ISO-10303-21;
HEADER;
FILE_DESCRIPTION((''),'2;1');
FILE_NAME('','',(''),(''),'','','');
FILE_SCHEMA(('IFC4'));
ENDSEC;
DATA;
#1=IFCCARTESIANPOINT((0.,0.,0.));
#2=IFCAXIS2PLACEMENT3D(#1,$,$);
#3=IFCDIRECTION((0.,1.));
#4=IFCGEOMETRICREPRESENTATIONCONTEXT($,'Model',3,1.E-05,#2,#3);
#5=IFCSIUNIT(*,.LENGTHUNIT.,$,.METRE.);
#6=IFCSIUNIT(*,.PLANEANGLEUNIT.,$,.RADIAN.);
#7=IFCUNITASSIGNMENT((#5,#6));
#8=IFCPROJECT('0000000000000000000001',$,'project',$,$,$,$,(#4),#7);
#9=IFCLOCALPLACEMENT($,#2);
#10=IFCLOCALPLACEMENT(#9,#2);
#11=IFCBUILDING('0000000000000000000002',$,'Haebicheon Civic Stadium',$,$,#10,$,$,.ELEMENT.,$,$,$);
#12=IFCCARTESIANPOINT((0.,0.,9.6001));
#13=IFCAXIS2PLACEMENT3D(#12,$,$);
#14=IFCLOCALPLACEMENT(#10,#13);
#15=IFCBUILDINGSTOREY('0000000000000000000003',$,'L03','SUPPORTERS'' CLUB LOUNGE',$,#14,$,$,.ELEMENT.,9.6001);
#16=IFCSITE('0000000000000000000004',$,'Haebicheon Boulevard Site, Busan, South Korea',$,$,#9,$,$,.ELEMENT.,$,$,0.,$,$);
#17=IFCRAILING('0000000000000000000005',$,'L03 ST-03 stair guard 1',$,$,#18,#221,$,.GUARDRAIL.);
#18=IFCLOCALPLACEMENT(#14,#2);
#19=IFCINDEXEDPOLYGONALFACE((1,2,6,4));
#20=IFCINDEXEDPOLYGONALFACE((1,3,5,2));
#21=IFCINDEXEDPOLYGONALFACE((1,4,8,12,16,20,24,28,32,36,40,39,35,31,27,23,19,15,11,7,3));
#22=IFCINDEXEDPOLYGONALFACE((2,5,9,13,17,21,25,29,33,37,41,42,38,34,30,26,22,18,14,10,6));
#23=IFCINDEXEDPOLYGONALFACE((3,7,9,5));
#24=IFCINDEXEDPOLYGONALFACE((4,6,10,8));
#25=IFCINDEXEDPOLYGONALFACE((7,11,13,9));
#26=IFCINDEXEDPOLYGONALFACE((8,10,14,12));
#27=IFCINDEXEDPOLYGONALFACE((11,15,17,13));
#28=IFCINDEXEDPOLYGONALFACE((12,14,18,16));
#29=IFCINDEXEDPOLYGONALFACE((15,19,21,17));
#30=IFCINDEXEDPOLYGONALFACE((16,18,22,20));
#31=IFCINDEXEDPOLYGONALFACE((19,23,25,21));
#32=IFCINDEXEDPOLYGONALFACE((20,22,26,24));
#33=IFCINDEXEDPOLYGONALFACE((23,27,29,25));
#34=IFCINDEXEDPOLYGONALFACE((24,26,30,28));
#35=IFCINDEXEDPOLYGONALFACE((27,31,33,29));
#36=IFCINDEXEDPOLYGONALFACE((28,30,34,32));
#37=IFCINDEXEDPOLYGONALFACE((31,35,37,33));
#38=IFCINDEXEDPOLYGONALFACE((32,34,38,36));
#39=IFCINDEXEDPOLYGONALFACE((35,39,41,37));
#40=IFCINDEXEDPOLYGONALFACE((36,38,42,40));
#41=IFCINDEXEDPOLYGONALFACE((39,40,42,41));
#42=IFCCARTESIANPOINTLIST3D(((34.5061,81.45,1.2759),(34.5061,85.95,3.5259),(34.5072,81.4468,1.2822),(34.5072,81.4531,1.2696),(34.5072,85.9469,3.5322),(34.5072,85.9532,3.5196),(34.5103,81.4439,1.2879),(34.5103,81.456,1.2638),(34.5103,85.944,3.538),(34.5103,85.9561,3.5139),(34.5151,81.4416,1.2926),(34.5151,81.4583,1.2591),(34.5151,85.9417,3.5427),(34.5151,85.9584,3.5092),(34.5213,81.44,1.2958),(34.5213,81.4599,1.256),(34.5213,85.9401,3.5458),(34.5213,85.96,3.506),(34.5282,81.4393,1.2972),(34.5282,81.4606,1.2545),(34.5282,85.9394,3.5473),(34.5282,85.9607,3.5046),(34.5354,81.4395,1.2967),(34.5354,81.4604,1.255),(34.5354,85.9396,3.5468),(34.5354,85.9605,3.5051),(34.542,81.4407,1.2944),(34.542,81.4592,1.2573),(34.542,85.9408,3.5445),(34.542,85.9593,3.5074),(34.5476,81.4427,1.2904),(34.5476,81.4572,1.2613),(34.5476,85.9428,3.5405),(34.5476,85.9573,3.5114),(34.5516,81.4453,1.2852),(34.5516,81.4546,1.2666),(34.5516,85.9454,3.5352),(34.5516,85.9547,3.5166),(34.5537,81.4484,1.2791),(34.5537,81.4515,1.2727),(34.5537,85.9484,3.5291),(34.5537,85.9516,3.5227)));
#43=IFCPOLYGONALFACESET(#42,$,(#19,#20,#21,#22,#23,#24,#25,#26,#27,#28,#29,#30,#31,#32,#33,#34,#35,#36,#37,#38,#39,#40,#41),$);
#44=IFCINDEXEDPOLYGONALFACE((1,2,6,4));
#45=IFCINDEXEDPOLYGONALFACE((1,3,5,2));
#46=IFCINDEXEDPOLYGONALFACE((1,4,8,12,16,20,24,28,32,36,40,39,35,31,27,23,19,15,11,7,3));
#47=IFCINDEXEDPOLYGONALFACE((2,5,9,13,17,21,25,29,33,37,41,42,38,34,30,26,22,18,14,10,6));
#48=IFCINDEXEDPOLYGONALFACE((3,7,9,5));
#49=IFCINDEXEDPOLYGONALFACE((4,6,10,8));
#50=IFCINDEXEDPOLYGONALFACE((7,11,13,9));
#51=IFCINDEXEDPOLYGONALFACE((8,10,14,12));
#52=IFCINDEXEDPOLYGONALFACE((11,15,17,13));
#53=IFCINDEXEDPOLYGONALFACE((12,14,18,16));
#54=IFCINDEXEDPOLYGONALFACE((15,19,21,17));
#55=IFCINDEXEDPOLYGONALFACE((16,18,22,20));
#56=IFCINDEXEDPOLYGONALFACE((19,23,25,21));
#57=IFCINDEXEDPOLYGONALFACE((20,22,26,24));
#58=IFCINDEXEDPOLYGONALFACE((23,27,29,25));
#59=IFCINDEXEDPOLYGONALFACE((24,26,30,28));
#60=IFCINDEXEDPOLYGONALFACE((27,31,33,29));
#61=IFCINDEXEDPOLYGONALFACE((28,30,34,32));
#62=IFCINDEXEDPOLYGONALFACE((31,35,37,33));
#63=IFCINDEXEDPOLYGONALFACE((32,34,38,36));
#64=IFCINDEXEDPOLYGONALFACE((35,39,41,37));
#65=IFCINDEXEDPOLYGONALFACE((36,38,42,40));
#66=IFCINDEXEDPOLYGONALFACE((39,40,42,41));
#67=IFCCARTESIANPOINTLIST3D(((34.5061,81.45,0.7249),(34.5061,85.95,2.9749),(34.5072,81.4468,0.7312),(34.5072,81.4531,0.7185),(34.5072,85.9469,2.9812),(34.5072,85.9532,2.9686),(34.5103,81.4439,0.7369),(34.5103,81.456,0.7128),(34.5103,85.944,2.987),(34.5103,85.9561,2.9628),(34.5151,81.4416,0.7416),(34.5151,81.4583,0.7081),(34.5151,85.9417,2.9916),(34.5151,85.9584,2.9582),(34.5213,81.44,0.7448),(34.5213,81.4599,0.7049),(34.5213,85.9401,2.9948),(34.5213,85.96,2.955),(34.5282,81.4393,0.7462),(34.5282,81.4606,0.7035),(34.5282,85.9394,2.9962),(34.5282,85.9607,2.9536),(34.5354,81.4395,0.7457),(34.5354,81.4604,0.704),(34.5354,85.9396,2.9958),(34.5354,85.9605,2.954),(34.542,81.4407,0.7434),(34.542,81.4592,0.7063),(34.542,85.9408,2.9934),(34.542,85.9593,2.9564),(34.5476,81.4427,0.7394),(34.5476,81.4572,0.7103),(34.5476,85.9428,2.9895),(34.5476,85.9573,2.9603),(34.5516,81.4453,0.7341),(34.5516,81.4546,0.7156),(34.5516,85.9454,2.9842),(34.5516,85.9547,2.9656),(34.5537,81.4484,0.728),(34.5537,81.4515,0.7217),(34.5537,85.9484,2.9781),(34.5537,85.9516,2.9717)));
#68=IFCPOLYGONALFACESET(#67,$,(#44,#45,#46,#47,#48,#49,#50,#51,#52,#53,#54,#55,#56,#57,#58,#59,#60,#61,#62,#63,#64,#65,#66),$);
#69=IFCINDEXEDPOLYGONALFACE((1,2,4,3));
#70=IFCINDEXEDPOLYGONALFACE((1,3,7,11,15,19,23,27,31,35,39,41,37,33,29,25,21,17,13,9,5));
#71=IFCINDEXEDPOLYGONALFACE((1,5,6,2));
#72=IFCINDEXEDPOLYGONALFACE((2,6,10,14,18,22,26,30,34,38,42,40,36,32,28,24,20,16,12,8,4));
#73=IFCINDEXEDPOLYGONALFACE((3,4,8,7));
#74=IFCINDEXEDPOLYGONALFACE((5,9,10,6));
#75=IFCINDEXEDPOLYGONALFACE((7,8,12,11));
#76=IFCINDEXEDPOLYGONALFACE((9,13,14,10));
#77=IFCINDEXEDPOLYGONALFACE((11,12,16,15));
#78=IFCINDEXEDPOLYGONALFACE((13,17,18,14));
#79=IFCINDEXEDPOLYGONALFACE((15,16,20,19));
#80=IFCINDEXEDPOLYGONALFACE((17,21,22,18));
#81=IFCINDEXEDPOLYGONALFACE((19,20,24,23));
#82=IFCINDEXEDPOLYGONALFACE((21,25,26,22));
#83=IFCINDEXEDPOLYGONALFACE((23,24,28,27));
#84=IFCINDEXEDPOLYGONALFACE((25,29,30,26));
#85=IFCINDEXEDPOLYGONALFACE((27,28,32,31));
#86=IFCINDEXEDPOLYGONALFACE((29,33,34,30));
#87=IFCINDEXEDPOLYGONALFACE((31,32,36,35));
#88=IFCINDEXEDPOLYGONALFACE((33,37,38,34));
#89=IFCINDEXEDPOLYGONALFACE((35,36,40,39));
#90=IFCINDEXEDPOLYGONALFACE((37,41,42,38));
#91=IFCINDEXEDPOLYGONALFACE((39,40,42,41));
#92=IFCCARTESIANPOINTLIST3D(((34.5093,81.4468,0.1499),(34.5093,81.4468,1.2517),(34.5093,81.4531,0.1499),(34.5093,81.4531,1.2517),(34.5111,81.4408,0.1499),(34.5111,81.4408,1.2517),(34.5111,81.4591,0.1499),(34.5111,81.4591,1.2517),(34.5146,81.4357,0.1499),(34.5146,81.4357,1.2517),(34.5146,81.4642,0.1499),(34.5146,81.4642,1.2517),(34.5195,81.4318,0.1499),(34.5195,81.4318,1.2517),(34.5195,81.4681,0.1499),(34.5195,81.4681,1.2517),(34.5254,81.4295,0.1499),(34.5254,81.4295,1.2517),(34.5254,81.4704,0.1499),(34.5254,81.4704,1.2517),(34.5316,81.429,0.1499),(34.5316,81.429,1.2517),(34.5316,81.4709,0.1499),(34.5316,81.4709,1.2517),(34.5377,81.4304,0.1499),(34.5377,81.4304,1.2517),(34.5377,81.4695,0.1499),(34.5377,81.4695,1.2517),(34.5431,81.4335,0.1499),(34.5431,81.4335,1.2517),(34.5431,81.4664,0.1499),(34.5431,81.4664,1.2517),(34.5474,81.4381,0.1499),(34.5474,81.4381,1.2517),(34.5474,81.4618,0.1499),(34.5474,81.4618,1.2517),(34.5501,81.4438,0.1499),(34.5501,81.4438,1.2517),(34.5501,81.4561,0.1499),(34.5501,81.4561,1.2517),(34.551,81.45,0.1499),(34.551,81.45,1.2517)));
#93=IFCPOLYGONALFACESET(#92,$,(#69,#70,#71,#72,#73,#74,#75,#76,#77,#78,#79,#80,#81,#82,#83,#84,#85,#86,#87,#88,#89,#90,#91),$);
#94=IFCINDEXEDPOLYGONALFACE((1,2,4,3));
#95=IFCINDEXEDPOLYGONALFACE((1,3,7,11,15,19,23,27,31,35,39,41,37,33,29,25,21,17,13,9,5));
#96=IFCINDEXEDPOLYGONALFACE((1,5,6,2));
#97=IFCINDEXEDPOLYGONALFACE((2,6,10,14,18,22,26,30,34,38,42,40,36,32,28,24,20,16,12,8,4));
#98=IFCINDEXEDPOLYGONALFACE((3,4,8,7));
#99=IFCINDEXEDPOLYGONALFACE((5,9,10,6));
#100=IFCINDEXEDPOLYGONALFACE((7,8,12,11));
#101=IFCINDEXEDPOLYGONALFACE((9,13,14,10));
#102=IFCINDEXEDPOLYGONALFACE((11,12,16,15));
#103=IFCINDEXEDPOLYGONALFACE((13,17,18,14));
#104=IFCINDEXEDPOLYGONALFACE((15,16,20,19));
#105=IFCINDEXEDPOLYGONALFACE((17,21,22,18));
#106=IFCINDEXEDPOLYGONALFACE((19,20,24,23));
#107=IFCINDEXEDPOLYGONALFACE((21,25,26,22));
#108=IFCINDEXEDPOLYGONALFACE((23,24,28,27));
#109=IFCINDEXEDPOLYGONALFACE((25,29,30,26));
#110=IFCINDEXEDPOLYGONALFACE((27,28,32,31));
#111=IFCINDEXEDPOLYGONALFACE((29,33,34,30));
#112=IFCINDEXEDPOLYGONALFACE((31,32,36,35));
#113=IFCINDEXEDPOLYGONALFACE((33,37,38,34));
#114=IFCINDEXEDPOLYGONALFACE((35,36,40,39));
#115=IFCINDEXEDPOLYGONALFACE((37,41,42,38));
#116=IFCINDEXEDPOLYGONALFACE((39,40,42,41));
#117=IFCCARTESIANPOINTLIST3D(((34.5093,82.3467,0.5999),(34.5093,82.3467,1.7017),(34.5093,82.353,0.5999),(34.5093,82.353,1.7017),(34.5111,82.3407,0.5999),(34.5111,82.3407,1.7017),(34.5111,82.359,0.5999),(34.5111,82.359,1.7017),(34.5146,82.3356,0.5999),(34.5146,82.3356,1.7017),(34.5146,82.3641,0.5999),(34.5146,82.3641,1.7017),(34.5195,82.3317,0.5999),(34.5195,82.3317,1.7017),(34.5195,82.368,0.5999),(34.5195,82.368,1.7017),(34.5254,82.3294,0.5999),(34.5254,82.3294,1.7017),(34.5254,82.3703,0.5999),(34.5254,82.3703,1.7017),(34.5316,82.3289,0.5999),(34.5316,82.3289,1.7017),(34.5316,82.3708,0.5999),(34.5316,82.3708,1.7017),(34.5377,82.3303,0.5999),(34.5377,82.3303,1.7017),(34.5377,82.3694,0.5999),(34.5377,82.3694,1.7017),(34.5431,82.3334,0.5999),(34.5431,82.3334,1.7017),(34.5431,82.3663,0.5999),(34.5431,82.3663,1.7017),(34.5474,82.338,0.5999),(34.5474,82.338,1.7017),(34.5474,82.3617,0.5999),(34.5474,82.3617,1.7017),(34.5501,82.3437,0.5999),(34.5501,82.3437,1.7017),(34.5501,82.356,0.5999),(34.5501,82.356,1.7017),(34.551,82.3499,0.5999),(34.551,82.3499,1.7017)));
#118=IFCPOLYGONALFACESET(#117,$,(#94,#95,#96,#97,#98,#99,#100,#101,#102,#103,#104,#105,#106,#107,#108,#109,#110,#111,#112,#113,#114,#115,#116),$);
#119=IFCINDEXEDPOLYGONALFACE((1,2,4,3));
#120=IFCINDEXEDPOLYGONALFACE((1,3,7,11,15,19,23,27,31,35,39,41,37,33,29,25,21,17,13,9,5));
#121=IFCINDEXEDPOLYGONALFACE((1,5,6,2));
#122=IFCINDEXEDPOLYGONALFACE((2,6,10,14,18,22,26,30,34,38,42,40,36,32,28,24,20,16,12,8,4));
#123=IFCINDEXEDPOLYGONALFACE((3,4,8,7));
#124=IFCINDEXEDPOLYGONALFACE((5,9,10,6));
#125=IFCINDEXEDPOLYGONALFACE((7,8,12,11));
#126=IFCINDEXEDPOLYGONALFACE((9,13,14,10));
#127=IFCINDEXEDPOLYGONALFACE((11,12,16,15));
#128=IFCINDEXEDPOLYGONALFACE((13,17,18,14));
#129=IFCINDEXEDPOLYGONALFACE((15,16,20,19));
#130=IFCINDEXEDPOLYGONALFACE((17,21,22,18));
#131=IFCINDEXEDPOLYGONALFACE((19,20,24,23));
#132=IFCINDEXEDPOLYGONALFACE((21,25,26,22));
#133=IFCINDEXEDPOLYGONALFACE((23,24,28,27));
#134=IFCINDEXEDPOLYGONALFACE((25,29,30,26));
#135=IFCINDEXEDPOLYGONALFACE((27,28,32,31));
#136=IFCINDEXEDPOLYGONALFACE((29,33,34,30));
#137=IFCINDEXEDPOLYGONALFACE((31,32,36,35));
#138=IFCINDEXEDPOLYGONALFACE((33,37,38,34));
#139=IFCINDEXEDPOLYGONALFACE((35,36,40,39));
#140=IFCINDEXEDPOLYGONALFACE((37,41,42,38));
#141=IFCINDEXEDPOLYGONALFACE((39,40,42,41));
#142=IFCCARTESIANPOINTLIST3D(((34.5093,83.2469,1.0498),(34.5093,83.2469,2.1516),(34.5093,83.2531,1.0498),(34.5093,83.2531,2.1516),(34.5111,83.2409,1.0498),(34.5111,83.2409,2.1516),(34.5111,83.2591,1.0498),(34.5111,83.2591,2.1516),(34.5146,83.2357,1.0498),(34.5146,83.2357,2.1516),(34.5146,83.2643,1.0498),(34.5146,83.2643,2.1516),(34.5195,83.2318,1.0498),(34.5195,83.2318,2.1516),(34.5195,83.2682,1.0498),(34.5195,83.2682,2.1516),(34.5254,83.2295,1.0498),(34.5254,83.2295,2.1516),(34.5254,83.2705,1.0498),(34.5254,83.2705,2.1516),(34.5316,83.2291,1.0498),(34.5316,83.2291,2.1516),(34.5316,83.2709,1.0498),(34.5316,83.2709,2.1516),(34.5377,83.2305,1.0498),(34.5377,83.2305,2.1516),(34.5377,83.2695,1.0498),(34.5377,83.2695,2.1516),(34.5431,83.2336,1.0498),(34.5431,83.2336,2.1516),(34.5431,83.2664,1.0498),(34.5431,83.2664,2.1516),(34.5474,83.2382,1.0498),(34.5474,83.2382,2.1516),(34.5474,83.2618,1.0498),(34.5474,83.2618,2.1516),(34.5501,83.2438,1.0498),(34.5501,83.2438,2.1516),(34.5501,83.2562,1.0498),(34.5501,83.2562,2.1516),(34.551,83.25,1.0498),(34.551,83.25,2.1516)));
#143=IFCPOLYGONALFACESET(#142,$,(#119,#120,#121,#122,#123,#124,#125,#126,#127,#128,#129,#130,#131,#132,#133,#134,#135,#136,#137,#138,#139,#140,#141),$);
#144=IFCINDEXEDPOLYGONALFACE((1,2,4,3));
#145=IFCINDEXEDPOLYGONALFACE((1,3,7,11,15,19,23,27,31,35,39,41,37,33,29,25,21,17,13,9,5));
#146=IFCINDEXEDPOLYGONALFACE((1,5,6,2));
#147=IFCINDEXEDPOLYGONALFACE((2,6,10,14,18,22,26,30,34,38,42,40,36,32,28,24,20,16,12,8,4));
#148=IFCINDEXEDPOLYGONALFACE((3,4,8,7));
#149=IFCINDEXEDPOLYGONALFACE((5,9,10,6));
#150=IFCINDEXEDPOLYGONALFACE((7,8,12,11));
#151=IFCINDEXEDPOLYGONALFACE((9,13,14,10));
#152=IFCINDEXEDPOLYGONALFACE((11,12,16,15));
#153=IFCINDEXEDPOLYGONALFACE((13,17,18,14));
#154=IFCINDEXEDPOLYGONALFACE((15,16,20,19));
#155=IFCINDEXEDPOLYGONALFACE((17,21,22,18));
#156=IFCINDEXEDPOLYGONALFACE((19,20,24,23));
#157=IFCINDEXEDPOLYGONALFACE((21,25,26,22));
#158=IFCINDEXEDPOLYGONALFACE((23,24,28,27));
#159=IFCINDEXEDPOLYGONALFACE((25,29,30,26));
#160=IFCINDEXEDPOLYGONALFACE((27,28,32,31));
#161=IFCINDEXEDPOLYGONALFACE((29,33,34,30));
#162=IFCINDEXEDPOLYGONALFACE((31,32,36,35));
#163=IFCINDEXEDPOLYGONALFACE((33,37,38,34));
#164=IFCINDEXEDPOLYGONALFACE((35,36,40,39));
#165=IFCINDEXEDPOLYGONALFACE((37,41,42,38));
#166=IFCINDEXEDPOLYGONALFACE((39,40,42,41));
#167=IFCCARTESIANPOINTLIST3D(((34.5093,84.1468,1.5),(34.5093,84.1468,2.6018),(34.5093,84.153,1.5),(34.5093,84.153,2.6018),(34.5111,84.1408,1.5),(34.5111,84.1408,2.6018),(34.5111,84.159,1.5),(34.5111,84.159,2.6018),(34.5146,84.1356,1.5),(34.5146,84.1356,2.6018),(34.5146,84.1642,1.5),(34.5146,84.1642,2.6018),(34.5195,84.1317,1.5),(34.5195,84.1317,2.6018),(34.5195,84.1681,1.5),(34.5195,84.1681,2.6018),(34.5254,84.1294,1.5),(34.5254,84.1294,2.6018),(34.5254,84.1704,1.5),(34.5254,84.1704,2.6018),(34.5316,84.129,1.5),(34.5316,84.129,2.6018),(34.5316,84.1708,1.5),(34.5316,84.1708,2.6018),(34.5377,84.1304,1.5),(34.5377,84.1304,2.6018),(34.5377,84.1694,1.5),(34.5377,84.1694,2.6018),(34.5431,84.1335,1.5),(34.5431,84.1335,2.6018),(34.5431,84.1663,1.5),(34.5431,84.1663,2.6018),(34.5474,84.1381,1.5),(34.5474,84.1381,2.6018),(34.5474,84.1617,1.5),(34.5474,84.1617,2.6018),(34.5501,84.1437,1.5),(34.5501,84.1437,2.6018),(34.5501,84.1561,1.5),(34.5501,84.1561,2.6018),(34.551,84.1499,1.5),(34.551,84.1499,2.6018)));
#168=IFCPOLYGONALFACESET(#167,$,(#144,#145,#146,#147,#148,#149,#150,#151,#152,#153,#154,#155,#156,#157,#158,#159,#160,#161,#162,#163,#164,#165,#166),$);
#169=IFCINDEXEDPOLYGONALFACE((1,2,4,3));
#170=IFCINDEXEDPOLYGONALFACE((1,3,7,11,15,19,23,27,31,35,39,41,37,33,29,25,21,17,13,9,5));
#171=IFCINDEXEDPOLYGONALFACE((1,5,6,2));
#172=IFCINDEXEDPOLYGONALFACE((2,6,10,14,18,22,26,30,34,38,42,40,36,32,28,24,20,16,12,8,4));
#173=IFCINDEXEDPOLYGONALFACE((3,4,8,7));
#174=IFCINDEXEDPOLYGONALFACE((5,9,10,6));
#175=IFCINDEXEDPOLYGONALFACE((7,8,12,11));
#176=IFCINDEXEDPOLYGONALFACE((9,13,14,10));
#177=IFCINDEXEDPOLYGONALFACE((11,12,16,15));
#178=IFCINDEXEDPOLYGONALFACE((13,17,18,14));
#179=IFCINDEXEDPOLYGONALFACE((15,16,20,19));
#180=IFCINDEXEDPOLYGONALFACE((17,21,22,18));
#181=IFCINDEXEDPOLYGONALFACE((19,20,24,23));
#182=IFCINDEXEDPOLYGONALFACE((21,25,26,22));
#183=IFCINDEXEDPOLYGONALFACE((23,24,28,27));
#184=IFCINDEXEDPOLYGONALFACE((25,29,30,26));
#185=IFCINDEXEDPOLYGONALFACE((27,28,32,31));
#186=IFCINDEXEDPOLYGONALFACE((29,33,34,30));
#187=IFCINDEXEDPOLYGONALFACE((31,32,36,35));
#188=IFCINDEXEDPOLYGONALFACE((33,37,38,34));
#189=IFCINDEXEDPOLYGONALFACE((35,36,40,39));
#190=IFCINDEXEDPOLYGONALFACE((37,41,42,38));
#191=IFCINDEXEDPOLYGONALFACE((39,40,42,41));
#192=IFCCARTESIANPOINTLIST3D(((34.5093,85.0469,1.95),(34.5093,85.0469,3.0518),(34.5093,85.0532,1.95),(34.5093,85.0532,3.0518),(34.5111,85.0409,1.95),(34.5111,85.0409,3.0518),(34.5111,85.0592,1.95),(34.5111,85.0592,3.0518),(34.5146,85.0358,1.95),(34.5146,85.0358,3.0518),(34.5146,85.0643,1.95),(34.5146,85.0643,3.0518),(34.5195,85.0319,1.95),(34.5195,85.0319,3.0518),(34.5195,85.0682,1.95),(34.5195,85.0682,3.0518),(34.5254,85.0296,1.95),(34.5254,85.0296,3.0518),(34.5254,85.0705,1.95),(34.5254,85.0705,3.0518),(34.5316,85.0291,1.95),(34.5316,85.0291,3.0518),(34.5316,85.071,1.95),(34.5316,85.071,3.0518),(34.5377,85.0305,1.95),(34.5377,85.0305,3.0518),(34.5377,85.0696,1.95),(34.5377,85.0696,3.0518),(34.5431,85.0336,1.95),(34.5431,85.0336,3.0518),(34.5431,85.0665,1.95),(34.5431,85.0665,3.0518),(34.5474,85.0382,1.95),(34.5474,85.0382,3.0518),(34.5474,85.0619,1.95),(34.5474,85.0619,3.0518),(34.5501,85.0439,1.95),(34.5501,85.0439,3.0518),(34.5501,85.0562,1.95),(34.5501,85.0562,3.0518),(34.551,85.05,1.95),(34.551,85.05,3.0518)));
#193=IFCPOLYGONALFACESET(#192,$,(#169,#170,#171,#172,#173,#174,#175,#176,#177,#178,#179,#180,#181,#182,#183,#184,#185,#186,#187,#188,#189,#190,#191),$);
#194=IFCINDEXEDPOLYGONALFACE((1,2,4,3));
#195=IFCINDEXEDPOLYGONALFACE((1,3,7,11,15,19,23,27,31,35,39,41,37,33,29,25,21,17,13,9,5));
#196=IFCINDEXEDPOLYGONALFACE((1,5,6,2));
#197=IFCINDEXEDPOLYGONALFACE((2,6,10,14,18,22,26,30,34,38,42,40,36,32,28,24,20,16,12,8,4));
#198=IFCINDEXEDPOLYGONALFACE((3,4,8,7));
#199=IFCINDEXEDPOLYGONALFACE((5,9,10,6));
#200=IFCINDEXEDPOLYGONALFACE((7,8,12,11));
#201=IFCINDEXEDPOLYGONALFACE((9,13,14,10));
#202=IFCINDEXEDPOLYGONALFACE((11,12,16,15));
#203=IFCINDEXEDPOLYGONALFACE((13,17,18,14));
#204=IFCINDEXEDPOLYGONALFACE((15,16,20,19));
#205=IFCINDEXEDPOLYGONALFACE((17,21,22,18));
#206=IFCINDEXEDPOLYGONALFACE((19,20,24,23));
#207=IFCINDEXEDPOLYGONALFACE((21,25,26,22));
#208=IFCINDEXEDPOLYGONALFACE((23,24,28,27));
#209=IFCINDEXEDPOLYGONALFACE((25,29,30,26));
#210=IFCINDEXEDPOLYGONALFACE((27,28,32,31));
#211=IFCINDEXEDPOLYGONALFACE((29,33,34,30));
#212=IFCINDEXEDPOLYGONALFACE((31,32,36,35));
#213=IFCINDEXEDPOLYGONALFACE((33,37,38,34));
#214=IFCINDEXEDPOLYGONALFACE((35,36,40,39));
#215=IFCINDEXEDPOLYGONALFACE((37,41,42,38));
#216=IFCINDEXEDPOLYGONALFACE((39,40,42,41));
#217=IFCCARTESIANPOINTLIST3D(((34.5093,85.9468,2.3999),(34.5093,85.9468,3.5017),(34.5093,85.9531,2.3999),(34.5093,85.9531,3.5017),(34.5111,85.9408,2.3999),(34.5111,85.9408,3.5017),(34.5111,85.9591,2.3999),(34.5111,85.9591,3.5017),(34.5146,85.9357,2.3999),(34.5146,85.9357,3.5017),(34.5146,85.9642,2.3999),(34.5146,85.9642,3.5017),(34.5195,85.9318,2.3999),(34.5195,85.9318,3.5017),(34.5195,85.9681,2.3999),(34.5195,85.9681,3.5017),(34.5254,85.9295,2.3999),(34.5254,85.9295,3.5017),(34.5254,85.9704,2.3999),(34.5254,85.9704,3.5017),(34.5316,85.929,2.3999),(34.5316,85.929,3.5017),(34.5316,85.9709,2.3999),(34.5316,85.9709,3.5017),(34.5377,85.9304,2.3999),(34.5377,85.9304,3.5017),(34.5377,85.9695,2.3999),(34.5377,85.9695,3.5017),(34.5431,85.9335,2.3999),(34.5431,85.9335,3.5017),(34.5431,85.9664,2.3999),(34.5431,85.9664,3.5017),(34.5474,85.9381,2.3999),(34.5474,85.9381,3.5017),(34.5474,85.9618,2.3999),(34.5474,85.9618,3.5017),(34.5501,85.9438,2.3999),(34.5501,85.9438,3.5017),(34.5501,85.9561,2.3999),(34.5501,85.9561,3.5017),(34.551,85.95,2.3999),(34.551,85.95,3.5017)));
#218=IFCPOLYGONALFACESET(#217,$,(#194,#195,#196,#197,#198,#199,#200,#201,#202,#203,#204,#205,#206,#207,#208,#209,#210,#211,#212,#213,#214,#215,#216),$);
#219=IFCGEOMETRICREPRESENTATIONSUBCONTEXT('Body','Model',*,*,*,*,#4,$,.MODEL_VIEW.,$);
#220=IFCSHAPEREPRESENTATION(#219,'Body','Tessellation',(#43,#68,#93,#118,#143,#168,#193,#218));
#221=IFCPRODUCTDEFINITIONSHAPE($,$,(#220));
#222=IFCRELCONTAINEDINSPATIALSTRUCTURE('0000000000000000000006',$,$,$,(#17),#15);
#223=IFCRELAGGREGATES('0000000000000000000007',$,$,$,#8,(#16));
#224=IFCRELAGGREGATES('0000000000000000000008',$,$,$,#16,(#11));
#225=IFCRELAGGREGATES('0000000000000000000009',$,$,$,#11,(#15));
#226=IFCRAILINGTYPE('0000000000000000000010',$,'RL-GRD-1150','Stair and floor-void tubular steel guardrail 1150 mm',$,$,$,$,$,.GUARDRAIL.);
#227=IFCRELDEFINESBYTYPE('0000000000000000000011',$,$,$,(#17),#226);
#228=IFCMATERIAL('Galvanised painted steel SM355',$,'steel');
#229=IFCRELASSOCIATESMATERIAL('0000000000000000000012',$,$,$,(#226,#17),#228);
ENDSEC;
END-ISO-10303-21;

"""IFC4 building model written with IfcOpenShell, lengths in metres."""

from ifc_helpers import new_model, si_unit, direction, frame, origin, origin_2d, place, context, subcontext, project, spatial, circle, extrude, material, type_object, element, save


model = new_model("IFC4")

# Units and contexts
model_context = context("Model", 3, precision=1e-05, world=origin(), true_north=direction((0.0, 1.0)))
body_context = subcontext(model_context, "Body", "Model", "MODEL_VIEW")
ifc_project = project(units=[si_unit("LENGTHUNIT", "METRE"), si_unit("PLANEANGLEUNIT", "RADIAN")], contexts=[model_context])

# Site, building, storey
site_placement = place(None, origin())
site = spatial("IfcSite", under=ifc_project, at=site_placement, Name="Haebicheon Boulevard Site, Busan, South Korea", CompositionType="ELEMENT", RefElevation=0.0)
building_placement = place(site_placement, origin())
building = spatial("IfcBuilding", under=site, at=building_placement, Name="Haebicheon Civic Stadium", CompositionType="ELEMENT")
storey_placement = place(building_placement, frame((0.0, 0.0, 9.6001)))
storey = spatial("IfcBuildingStorey", under=building, at=storey_placement, Name="L03", Description="SUPPORTERS' CLUB LOUNGE", CompositionType="ELEMENT", Elevation=9.6001)

# Railing
ifc_material_1 = material(Name="Galvanised painted steel SM355", Category="steel")
railing_type_1 = type_object("IfcRailingType", Name="RL-GRD-1150", Description="Stair and floor-void tubular steel guardrail 1150 mm", PredefinedType="GUARDRAIL", material=ifc_material_1)
railing_1_placement = place(storey_placement, frame((34.53, 81.45, 0.1499)))
element("IfcRailing", 1, at=railing_1_placement, inside=storey, type_object=railing_type_1, material=ifc_material_1, Name="L03 ST-03 stair guard 1", PredefinedType="GUARDRAIL", context=body_context, shape_type="SweptSolid", body=[
    extrude(circle(Radius=0.0239, at=origin_2d()), frame((0.0, 0.0, 1.126), z_axis=(0.0, 0.894427, 0.447214), x_axis=(-1.0, 0.0, 0.0)), (0.0, 0.0, 1.0), 5.0312),
    extrude(circle(Radius=0.0239, at=origin_2d()), frame((0.0, 0.0, 0.575), z_axis=(0.0, 0.894427, 0.447214), x_axis=(-1.0, 0.0, 0.0)), (0.0, 0.0, 1.0), 5.0312),
    extrude(circle(Radius=0.021, at=origin_2d()), origin(), (0.0, 0.0, 1.0), 1.1018),
    extrude(circle(Radius=0.021, at=origin_2d()), frame((0.0, 0.8999, 0.45)), (0.0, 0.0, 1.0), 1.1018),
    extrude(circle(Radius=0.021, at=origin_2d()), frame((0.0, 1.8, 0.8999)), (0.0, 0.0, 1.0), 1.1018),
    extrude(circle(Radius=0.021, at=origin_2d()), frame((0.0, 2.7, 1.3501)), (0.0, 0.0, 1.0), 1.1018),
    extrude(circle(Radius=0.021, at=origin_2d()), frame((0.0, 3.6001, 1.8)), (0.0, 0.0, 1.0), 1.1018),
    extrude(circle(Radius=0.021, at=origin_2d()), frame((0.0, 4.5, 2.25)), (0.0, 0.0, 1.0), 1.1018),
])

save(model, "model.ifc")
